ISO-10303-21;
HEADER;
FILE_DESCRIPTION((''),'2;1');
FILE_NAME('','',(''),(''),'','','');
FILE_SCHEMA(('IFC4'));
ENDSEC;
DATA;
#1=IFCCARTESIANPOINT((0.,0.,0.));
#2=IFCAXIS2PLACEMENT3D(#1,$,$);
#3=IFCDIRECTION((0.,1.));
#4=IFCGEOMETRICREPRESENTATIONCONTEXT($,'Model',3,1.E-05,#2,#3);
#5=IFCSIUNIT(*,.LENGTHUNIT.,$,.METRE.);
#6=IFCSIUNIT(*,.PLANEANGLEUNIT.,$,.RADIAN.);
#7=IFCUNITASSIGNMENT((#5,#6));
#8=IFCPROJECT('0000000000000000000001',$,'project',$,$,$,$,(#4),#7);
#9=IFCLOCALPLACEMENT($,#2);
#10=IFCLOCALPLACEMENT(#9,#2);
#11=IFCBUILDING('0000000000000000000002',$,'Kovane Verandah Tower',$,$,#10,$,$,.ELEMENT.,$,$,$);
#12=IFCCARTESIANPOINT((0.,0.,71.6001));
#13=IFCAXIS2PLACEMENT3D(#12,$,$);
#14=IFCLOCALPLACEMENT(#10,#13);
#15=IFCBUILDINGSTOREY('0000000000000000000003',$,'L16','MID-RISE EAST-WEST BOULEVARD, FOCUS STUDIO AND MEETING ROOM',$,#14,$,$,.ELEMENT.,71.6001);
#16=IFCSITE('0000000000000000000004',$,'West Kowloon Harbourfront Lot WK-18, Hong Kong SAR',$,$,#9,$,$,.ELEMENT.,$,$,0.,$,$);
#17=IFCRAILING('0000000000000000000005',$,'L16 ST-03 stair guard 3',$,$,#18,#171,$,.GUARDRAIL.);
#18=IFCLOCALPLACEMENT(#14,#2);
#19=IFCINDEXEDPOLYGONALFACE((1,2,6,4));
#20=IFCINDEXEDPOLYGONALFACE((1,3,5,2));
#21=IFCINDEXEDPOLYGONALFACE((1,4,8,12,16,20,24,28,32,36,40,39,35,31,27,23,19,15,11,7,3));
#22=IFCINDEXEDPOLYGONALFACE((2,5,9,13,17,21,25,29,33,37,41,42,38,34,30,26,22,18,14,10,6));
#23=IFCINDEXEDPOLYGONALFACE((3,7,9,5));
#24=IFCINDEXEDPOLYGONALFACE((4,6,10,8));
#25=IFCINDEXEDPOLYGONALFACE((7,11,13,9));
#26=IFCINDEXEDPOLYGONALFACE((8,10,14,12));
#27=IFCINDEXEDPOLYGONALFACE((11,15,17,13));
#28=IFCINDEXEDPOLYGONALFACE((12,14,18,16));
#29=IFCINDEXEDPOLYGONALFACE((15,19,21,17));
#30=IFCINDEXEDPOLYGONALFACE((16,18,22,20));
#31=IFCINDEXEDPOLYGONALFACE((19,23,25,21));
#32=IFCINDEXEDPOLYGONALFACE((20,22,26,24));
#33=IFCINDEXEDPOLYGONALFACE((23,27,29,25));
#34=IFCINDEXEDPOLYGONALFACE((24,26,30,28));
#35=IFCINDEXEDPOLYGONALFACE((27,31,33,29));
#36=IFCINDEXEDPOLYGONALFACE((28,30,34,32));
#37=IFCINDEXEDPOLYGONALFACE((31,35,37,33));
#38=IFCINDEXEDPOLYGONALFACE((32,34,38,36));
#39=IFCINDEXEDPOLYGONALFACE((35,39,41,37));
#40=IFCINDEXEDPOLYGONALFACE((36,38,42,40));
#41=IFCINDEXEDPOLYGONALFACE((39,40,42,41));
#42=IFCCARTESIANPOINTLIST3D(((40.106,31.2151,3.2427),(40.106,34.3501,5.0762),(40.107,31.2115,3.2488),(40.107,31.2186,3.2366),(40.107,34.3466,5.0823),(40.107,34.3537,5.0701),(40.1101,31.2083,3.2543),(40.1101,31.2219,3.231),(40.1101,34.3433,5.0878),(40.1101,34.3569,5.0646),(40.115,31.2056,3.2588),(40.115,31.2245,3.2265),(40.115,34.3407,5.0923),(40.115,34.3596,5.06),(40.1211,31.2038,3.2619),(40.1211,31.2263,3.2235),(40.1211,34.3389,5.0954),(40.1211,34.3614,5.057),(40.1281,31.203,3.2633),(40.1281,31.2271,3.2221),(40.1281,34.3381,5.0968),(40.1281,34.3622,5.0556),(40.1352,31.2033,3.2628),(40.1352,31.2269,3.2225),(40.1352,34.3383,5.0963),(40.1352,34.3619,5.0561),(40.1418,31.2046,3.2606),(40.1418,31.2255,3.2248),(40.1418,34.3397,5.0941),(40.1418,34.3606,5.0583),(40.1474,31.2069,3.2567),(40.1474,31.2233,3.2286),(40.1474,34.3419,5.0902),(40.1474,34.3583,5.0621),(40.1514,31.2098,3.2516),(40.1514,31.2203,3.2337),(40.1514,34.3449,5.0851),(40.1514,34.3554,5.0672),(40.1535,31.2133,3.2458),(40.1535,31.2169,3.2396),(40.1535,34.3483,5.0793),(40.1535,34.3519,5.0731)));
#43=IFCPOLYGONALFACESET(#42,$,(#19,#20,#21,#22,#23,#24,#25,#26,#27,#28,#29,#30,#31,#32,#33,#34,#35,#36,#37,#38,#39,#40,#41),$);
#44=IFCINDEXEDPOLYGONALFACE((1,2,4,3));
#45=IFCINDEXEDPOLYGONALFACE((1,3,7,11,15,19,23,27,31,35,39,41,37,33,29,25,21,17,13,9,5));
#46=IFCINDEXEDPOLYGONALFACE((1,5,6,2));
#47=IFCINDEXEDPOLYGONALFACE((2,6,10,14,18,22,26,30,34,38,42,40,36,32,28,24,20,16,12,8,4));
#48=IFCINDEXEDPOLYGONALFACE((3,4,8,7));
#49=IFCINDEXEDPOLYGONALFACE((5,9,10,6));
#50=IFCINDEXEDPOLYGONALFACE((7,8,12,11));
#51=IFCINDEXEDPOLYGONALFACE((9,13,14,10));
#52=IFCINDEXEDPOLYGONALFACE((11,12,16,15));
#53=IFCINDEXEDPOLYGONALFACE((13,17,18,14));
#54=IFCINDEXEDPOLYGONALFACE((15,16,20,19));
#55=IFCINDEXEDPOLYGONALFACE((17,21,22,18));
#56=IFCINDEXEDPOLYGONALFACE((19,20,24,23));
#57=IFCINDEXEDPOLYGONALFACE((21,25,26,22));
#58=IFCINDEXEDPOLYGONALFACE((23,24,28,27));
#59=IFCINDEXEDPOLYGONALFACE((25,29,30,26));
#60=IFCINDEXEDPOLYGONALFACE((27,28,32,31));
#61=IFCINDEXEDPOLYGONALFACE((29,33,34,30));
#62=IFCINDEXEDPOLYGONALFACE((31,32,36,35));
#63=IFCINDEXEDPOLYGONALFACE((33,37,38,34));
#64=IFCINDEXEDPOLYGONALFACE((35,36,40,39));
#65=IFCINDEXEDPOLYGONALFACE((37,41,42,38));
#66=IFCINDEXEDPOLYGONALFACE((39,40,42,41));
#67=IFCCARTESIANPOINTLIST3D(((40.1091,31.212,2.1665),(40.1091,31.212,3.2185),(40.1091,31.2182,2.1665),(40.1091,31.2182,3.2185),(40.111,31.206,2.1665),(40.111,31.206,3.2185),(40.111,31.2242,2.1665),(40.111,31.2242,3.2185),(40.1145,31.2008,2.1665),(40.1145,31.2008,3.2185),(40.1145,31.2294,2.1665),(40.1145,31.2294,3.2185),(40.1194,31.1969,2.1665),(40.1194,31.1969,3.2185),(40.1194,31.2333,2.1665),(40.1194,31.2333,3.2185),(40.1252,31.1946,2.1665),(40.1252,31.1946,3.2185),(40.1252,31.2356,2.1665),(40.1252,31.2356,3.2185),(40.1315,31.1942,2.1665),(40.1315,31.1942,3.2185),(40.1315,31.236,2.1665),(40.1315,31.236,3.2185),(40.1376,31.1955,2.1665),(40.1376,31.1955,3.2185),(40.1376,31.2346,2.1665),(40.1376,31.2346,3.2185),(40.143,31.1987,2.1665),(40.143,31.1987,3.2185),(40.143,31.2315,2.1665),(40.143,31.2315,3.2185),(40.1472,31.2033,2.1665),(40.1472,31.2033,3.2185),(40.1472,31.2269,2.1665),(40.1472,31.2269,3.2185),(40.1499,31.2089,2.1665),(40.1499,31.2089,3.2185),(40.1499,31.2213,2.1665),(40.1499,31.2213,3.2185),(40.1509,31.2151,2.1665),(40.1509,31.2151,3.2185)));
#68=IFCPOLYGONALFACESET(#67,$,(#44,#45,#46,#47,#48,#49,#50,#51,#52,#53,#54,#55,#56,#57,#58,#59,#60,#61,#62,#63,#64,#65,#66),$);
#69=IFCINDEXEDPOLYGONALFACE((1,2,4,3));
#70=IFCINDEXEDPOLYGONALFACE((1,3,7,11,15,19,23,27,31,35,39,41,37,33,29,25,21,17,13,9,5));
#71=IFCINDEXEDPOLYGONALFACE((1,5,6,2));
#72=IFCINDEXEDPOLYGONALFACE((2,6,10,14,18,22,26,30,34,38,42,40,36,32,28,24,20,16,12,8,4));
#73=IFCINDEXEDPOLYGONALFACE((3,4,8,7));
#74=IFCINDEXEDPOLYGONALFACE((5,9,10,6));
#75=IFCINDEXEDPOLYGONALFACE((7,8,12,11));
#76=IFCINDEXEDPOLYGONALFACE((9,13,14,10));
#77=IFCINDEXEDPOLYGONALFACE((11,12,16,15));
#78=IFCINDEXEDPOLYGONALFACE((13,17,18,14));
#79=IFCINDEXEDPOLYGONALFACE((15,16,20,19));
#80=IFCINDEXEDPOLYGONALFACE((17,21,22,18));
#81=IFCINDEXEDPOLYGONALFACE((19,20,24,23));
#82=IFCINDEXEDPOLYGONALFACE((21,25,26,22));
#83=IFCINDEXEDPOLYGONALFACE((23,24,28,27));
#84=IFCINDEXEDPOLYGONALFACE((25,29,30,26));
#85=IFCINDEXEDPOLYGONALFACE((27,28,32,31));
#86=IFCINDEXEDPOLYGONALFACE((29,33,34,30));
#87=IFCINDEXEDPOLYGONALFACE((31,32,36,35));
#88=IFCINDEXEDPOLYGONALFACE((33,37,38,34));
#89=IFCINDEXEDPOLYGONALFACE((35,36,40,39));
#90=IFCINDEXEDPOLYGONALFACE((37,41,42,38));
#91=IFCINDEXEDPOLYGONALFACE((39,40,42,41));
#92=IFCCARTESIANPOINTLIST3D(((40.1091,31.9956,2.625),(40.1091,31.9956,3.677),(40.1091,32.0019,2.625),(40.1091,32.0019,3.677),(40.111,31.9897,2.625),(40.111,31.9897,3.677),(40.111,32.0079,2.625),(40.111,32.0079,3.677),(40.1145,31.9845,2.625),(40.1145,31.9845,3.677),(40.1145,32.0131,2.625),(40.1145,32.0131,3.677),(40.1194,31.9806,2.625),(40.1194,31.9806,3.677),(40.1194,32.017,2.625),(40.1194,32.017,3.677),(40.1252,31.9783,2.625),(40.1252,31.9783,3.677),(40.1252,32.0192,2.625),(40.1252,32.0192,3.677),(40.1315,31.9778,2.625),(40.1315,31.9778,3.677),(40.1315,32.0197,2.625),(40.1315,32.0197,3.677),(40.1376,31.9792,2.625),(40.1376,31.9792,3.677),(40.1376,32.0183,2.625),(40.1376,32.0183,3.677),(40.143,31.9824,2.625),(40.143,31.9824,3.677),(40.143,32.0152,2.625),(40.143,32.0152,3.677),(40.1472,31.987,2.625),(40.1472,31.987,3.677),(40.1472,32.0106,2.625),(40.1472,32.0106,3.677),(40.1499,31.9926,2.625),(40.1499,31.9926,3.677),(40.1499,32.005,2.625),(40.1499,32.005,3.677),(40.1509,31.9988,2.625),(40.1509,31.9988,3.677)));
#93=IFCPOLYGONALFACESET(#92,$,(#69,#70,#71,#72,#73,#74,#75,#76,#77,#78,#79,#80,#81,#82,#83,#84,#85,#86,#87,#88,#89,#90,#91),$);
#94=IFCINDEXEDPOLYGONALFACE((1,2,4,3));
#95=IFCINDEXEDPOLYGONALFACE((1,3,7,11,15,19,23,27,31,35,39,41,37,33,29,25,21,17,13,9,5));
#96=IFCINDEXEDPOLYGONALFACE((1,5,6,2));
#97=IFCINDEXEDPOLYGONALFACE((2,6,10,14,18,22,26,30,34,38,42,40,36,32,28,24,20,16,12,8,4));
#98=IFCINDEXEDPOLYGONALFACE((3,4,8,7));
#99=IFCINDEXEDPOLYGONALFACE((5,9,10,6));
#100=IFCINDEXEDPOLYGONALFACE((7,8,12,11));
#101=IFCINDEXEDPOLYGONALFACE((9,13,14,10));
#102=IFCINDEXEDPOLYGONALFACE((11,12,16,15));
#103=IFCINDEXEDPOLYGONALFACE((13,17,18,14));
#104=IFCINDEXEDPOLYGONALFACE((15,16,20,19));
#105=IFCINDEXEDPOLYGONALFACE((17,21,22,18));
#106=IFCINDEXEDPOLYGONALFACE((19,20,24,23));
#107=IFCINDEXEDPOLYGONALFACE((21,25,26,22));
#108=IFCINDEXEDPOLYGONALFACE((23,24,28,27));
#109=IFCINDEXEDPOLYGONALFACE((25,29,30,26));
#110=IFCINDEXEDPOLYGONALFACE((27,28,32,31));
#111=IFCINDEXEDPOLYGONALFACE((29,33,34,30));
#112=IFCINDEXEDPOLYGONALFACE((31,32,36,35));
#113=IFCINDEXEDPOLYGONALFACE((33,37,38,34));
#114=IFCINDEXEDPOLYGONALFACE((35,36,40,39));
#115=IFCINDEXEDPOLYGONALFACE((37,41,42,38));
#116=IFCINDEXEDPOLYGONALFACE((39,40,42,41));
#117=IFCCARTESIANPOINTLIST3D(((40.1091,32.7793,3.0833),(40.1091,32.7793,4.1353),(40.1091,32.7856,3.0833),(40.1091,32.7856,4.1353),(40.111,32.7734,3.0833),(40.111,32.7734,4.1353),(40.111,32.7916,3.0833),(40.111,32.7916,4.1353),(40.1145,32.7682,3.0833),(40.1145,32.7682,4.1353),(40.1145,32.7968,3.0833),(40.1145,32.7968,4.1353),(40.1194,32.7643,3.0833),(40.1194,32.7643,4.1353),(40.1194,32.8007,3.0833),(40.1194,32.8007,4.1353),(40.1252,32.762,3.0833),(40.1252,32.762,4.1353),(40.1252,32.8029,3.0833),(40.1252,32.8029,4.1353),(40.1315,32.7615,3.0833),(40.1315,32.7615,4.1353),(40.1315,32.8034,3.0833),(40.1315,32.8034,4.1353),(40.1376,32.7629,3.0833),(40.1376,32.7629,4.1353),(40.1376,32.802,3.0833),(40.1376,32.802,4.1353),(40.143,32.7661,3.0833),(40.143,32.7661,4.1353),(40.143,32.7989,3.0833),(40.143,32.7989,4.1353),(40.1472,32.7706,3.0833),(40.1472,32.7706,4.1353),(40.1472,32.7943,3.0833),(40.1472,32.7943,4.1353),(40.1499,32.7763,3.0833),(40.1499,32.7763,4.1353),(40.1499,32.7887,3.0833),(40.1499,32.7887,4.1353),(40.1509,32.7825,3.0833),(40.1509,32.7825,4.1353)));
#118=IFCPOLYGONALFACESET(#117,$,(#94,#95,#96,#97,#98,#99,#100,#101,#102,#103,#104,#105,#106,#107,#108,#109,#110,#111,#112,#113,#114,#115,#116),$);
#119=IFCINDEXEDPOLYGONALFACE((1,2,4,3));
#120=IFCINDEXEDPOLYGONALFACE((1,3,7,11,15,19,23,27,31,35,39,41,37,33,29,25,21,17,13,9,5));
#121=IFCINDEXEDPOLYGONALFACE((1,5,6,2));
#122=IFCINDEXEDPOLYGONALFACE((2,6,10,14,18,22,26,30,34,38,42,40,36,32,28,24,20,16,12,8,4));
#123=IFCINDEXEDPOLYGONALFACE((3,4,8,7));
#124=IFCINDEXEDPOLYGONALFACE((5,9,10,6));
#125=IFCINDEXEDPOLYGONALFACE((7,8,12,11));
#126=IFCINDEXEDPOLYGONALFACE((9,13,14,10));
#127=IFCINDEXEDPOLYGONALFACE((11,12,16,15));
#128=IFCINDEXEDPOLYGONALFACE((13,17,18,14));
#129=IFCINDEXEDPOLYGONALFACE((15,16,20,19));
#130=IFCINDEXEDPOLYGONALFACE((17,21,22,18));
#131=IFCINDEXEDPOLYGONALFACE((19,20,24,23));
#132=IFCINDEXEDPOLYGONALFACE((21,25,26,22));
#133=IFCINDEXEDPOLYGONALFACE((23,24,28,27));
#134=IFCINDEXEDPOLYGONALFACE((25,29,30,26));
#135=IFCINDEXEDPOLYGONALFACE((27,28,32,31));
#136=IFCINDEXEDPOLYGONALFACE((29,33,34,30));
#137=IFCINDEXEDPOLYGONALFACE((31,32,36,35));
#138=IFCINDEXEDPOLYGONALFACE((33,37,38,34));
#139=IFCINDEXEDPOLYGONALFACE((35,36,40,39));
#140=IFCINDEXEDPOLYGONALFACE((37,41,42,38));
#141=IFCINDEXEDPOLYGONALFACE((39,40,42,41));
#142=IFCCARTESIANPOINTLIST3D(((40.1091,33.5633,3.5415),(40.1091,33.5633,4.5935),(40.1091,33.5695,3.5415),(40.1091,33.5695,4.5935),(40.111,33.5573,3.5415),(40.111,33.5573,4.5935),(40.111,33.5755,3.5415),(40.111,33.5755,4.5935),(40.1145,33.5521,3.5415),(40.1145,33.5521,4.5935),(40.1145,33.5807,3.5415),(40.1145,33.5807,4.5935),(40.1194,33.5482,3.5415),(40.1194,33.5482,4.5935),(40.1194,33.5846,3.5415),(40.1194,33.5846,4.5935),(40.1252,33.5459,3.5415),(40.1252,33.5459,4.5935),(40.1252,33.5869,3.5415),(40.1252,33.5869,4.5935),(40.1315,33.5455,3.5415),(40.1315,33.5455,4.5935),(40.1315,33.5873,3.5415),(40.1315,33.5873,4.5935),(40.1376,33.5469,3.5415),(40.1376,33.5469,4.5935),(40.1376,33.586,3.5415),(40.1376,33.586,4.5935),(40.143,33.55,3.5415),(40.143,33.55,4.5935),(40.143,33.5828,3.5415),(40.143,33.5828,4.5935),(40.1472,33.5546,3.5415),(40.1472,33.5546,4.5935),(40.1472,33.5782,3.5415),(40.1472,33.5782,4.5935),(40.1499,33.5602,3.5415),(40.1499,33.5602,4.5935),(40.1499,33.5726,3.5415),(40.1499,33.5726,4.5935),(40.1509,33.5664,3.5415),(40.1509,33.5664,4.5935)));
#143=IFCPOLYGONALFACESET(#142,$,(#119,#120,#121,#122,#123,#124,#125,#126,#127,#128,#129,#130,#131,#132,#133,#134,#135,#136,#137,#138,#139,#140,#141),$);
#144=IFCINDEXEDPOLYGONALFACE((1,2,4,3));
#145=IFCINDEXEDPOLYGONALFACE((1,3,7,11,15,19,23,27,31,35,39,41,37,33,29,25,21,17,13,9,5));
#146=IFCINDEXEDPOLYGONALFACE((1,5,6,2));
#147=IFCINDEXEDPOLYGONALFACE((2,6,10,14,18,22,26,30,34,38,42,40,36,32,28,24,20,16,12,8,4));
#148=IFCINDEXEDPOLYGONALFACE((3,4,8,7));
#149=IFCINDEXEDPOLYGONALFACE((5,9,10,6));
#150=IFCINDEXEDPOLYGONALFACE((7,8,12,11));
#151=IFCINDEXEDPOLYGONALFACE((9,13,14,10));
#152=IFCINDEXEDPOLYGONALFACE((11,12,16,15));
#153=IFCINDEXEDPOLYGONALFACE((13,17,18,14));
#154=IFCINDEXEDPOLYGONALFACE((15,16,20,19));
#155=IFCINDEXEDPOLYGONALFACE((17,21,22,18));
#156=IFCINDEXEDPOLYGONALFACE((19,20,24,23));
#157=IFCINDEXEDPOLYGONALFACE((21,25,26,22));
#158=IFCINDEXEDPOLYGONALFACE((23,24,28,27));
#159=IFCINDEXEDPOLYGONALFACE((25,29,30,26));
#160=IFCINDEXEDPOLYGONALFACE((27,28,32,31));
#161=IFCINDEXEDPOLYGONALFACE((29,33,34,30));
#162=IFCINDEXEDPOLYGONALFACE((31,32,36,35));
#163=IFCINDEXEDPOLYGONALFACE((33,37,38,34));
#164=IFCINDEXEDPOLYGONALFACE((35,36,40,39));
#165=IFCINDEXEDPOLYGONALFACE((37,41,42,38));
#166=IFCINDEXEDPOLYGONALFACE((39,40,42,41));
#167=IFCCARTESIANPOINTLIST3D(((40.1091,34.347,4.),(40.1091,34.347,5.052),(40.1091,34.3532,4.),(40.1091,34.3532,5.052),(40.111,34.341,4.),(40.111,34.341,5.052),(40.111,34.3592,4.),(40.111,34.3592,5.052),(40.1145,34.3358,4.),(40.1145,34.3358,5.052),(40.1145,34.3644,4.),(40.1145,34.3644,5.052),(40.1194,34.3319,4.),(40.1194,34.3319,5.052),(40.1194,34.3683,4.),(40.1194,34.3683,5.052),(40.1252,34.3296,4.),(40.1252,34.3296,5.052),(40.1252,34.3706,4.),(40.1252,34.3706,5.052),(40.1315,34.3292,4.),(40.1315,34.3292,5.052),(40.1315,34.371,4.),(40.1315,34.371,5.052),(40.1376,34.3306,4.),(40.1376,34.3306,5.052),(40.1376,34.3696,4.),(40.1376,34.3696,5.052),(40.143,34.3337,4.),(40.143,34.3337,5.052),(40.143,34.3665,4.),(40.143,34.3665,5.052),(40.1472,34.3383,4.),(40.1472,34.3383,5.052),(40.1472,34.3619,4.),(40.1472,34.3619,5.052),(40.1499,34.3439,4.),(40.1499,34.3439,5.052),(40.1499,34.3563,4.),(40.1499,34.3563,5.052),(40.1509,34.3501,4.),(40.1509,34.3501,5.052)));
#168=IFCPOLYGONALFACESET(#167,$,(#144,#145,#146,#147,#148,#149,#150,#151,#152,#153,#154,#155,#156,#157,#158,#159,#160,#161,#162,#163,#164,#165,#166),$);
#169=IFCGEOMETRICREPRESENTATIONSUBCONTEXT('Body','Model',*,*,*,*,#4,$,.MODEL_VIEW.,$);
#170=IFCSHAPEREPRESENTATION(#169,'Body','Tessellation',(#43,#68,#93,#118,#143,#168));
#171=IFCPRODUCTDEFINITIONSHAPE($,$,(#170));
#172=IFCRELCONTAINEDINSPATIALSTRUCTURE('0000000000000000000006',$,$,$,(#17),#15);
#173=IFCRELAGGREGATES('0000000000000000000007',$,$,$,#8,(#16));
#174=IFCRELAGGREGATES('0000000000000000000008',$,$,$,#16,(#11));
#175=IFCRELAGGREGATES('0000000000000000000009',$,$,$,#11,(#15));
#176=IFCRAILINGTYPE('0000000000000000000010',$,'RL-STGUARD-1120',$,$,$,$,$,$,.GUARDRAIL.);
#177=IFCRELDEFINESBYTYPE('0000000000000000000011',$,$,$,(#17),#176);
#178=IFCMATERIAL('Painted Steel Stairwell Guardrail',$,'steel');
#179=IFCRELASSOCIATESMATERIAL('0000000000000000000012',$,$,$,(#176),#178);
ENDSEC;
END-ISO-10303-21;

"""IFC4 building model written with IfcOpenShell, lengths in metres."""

from ifc_helpers import new_model, si_unit, direction, frame, origin, origin_2d, place, context, subcontext, project, spatial, circle, extrude, material, type_object, element, save


model = new_model("IFC4")

# Units and contexts
model_context = context("Model", 3, precision=1e-05, world=origin(), true_north=direction((0.0, 1.0)))
body_context = subcontext(model_context, "Body", "Model", "MODEL_VIEW")
ifc_project = project(units=[si_unit("LENGTHUNIT", "METRE"), si_unit("PLANEANGLEUNIT", "RADIAN")], contexts=[model_context])

# Site, building, storey
site_placement = place(None, origin())
site = spatial("IfcSite", under=ifc_project, at=site_placement, Name="West Kowloon Harbourfront Lot WK-18, Hong Kong SAR", CompositionType="ELEMENT", RefElevation=0.0)
building_placement = place(site_placement, origin())
building = spatial("IfcBuilding", under=site, at=building_placement, Name="Kovane Verandah Tower", CompositionType="ELEMENT")
storey_placement = place(building_placement, frame((0.0, 0.0, 71.6001)))
storey = spatial("IfcBuildingStorey", under=building, at=storey_placement, Name="L16", Description="MID-RISE EAST-WEST BOULEVARD, FOCUS STUDIO AND MEETING ROOM", CompositionType="ELEMENT", Elevation=71.6001)

# Railing
ifc_material_1 = material(Name="Painted Steel Stairwell Guardrail", Category="steel")
railing_type_1 = type_object("IfcRailingType", Name="RL-STGUARD-1120", PredefinedType="GUARDRAIL", material=ifc_material_1)
railing_1_placement = place(storey_placement, frame((40.1299, 31.2151, 2.1665)))
element("IfcRailing", 1, at=railing_1_placement, inside=storey, type_object=railing_type_1, Name="L16 ST-03 stair guard 3", PredefinedType="GUARDRAIL", context=body_context, shape_type="SweptSolid", body=[
    extrude(circle(Radius=0.0239, at=origin_2d()), frame((0.0, 0.0, 1.0762), z_axis=(0.0, 0.86321, 0.504845), x_axis=(-1.0, 0.0, 0.0)), (0.0, 0.0, 1.0), 3.6318),
    extrude(circle(Radius=0.021, at=origin_2d()), origin(), (0.0, 0.0, 1.0), 1.052),
    extrude(circle(Radius=0.021, at=origin_2d()), frame((0.0, 0.7837, 0.4585)), (0.0, 0.0, 1.0), 1.052),
    extrude(circle(Radius=0.021, at=origin_2d()), frame((0.0, 1.5674, 0.9167)), (0.0, 0.0, 1.0), 1.052),
    extrude(circle(Radius=0.021, at=origin_2d()), frame((0.0, 2.3513, 1.375)), (0.0, 0.0, 1.0), 1.052),
    extrude(circle(Radius=0.021, at=origin_2d()), frame((0.0, 3.135, 1.8335)), (0.0, 0.0, 1.0), 1.052),
])

save(model, "model.ifc")
